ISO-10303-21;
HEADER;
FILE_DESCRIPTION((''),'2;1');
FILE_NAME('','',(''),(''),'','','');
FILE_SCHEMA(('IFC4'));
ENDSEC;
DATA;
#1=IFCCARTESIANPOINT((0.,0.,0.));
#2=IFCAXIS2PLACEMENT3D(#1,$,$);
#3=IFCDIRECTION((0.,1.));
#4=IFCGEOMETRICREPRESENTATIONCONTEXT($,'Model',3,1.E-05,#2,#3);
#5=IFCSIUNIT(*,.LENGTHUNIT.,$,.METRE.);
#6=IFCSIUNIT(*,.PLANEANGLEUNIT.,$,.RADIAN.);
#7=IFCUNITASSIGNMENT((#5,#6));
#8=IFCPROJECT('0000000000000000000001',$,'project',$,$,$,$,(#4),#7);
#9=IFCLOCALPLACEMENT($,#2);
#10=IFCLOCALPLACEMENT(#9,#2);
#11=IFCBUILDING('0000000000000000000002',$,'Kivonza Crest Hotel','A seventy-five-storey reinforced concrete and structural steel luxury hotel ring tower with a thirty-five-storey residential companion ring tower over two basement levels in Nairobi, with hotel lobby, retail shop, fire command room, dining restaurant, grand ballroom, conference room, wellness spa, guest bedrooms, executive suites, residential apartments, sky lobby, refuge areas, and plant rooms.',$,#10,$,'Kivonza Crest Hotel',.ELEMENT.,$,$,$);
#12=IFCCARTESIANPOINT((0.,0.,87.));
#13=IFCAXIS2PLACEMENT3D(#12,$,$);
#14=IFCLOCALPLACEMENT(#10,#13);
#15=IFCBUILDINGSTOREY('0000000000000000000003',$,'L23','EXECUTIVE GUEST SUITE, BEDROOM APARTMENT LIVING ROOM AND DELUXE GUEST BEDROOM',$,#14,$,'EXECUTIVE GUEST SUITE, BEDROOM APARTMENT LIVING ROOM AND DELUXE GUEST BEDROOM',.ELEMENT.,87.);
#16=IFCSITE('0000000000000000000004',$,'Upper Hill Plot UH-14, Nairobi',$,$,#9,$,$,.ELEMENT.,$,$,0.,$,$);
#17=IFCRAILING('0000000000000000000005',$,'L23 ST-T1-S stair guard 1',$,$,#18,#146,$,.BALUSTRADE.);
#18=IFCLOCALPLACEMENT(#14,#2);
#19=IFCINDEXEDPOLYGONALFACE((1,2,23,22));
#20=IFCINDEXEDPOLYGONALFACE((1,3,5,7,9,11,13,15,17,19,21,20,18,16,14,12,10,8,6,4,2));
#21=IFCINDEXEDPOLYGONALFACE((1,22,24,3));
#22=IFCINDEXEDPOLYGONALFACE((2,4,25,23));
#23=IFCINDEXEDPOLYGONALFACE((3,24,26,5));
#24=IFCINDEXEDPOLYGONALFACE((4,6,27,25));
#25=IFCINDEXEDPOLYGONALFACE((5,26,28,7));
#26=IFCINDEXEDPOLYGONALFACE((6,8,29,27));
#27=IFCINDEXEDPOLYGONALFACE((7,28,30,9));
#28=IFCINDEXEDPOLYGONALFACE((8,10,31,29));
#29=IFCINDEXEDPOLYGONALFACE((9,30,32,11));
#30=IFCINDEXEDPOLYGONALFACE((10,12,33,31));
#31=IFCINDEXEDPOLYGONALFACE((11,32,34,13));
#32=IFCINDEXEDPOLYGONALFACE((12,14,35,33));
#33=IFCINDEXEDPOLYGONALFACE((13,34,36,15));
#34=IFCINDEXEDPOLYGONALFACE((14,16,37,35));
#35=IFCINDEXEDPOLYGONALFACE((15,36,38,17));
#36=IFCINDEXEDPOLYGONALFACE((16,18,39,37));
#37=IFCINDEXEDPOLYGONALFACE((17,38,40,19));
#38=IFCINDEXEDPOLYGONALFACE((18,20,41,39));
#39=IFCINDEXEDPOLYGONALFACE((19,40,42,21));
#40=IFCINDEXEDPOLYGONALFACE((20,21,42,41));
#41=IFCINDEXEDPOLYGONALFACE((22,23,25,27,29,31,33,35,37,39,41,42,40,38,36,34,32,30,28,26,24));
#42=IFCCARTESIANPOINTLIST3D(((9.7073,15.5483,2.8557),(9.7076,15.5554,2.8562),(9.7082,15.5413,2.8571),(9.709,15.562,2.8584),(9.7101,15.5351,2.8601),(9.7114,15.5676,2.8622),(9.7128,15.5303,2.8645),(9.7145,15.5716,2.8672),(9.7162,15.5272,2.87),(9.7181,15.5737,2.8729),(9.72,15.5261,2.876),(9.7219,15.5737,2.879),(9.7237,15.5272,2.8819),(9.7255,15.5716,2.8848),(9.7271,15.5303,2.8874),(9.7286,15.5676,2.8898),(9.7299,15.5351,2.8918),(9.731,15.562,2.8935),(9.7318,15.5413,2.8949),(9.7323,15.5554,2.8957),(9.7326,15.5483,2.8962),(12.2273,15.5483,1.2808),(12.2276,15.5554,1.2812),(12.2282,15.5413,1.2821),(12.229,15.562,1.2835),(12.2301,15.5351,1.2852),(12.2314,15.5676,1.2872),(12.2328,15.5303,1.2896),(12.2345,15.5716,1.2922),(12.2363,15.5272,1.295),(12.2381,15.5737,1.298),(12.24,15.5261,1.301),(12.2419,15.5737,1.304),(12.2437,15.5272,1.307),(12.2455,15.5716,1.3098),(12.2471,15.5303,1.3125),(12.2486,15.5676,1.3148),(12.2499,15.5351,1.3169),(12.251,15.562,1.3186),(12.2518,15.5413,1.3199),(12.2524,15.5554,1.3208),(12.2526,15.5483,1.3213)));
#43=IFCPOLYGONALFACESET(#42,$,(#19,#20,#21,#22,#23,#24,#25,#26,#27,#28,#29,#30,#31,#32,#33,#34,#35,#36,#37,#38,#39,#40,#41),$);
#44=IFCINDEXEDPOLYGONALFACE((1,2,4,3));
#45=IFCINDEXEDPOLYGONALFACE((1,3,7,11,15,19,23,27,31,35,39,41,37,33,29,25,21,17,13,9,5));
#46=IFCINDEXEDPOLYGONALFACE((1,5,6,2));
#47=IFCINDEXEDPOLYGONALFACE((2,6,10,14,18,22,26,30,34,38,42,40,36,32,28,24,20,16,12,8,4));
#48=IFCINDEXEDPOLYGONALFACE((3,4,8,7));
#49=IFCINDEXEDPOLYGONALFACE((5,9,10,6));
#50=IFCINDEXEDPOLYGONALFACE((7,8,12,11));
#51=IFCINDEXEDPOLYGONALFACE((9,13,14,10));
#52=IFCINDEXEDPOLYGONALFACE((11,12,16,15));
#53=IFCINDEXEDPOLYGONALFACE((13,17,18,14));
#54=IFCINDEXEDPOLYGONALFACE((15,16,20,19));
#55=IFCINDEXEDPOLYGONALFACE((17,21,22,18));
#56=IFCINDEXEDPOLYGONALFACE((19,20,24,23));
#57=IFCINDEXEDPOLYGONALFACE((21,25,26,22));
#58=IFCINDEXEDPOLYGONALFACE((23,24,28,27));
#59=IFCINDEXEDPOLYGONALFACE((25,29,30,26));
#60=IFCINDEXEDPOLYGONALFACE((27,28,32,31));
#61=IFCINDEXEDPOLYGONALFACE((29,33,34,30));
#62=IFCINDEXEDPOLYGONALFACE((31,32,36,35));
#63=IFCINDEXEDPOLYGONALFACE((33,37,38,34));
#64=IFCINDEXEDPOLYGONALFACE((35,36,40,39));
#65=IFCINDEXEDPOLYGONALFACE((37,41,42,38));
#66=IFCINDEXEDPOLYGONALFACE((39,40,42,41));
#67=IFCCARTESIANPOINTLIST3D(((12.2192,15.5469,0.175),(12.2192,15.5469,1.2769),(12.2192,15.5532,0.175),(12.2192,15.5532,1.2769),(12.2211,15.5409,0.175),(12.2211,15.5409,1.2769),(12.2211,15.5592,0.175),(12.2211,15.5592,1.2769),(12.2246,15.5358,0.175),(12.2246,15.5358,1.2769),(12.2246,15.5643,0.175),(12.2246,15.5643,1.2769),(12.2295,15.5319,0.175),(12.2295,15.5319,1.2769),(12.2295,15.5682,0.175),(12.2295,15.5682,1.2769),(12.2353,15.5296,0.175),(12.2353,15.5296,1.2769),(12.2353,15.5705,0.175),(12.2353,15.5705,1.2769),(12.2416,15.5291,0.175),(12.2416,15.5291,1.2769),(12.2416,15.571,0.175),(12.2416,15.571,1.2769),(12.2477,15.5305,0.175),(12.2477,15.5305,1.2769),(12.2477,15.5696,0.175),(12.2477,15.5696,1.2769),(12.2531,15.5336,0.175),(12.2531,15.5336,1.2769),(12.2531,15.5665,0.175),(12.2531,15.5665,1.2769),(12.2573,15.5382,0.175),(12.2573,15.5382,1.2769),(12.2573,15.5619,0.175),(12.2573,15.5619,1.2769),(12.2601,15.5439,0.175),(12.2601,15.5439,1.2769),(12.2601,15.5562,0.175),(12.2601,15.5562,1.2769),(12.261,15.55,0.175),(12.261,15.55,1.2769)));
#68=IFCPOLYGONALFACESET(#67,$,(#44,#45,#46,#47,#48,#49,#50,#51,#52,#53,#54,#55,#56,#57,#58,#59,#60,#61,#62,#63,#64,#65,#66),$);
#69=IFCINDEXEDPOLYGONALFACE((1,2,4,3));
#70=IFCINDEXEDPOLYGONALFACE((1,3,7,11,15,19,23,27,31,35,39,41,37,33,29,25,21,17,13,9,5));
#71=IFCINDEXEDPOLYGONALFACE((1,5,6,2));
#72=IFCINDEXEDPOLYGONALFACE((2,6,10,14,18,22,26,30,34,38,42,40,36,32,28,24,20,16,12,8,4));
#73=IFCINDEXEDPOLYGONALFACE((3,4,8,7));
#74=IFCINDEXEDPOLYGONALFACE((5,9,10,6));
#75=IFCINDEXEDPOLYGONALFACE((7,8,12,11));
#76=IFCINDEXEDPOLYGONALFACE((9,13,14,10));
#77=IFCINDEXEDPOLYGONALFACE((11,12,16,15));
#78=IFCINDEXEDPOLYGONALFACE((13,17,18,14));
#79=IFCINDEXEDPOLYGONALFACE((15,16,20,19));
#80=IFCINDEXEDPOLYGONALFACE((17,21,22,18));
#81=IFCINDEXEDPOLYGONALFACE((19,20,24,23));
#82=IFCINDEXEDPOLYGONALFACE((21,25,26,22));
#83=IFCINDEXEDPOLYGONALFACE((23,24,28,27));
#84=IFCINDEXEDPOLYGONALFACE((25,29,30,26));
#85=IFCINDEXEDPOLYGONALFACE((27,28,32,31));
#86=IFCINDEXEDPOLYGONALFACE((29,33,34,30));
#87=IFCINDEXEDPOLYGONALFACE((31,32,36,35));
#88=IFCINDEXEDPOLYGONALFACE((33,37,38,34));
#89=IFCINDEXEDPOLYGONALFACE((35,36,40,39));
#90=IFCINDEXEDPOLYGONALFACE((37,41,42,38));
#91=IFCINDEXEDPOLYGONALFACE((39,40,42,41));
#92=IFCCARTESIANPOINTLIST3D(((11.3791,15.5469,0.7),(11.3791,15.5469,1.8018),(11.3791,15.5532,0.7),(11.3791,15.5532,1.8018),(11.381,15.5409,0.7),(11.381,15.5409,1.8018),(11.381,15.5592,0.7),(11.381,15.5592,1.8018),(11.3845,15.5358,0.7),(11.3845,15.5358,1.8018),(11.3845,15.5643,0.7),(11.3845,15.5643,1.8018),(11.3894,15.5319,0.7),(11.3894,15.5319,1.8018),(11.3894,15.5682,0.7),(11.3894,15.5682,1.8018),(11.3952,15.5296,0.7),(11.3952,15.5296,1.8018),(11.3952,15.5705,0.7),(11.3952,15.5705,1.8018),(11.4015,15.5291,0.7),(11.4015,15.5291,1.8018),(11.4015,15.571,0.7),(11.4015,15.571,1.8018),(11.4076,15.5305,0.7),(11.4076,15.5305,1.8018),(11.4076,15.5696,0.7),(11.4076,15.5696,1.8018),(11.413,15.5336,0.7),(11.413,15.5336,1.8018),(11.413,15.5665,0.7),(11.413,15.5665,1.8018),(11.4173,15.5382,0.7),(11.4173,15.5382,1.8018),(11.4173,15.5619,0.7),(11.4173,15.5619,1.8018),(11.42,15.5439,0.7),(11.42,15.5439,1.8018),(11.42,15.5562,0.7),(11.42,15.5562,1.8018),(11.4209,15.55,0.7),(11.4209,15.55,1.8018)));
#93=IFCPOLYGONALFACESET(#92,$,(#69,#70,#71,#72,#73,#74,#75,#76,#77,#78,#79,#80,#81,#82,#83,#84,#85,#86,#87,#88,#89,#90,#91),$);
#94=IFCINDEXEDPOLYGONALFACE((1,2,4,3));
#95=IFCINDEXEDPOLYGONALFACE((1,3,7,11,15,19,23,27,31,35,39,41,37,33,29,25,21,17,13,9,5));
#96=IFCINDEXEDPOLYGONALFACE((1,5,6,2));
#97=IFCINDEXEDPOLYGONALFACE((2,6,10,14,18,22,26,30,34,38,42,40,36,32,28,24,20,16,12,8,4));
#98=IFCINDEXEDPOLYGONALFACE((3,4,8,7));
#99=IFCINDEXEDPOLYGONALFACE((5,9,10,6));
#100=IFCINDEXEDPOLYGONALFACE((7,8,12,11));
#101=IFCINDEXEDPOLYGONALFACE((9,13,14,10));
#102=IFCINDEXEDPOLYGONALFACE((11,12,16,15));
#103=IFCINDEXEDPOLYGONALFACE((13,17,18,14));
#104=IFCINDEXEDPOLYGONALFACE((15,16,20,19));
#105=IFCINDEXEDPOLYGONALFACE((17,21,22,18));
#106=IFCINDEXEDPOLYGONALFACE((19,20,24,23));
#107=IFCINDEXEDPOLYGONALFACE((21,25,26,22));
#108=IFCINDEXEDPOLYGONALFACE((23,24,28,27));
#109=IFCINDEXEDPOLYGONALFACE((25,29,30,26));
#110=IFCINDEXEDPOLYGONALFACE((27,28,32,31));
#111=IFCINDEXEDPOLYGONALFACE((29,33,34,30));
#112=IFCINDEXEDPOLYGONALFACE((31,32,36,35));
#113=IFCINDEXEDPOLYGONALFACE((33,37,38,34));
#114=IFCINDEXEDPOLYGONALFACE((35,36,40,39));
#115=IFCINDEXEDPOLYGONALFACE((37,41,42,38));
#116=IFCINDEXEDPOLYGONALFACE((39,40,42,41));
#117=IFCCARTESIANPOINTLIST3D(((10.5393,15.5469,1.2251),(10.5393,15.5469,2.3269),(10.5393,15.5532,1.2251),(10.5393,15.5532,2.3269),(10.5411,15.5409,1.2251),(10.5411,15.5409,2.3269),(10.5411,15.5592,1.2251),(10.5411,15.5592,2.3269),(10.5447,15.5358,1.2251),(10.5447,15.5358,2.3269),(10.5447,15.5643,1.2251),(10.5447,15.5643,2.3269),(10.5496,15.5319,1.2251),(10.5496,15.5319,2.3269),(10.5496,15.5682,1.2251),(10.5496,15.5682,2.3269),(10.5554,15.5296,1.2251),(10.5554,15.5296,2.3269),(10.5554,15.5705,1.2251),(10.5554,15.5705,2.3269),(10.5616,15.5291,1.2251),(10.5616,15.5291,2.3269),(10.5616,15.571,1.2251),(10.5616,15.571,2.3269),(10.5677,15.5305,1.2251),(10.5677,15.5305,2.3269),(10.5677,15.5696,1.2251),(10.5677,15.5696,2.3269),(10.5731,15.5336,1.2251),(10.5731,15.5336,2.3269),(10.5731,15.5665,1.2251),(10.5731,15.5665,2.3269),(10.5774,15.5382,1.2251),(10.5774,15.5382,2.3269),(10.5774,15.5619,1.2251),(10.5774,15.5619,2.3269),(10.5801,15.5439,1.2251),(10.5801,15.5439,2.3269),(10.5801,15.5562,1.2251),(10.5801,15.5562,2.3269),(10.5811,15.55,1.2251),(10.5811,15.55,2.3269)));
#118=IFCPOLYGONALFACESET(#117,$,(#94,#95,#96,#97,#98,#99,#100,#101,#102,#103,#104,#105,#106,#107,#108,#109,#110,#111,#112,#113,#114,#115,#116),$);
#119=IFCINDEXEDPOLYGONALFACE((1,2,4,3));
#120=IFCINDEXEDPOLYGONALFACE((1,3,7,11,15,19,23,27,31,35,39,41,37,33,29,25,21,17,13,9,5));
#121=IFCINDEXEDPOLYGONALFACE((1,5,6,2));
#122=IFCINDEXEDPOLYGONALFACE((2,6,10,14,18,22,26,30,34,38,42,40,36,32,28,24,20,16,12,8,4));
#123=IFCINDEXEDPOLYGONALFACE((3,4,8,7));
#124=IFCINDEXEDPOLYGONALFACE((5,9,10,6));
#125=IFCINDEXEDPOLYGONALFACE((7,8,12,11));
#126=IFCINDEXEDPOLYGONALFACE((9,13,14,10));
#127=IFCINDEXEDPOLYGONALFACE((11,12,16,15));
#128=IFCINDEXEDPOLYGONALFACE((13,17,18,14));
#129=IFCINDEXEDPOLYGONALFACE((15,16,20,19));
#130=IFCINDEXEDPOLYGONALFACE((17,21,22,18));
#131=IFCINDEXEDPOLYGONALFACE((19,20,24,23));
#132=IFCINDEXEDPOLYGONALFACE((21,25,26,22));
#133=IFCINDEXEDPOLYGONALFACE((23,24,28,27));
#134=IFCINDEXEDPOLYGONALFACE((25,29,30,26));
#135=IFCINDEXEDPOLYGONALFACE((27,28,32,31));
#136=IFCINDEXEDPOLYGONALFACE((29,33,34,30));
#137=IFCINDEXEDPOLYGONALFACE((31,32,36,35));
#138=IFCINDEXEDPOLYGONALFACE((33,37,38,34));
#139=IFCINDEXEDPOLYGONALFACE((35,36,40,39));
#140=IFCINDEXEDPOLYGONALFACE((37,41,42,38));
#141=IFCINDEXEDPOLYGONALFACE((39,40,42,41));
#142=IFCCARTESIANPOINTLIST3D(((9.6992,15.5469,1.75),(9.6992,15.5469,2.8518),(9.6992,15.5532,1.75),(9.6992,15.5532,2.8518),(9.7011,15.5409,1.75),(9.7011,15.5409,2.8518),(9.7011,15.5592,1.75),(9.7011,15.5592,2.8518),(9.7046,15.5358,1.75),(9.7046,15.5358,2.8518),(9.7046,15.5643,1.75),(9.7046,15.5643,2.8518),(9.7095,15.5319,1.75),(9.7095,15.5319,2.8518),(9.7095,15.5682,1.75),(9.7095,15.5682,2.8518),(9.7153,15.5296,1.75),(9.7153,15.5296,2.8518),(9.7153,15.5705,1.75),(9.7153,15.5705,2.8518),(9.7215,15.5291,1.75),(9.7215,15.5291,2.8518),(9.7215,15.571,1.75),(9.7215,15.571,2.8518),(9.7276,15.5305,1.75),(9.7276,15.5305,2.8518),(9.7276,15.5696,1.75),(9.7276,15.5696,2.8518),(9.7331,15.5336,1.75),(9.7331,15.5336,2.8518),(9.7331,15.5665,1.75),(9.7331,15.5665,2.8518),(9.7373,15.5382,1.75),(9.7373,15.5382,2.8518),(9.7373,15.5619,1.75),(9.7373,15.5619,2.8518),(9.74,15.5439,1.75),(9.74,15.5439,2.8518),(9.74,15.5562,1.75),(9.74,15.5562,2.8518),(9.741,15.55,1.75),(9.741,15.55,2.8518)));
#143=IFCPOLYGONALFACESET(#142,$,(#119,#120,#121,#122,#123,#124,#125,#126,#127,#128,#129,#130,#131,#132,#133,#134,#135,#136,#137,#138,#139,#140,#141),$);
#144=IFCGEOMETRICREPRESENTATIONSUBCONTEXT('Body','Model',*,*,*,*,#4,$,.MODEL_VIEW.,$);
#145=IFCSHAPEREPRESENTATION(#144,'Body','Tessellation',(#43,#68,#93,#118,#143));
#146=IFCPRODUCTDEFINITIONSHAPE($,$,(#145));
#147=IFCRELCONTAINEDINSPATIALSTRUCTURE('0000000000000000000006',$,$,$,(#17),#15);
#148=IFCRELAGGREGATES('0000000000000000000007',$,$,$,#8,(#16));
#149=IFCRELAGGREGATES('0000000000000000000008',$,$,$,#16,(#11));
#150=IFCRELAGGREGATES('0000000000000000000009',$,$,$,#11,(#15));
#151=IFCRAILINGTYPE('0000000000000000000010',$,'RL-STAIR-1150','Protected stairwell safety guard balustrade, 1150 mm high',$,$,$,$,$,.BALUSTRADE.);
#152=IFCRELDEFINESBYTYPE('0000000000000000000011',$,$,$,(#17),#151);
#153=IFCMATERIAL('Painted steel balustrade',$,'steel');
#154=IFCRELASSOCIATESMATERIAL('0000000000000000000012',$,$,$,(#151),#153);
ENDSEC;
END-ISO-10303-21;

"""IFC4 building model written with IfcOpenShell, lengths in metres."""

from ifc_helpers import new_model, si_unit, direction, frame, origin, origin_2d, place, context, subcontext, project, spatial, circle, extrude, material, type_object, element, save


model = new_model("IFC4")

# Units and contexts
model_context = context("Model", 3, precision=1e-05, world=origin(), true_north=direction((0.0, 1.0)))
body_context = subcontext(model_context, "Body", "Model", "MODEL_VIEW")
ifc_project = project(units=[si_unit("LENGTHUNIT", "METRE"), si_unit("PLANEANGLEUNIT", "RADIAN")], contexts=[model_context])

# Site, building, storey
site_placement = place(None, origin())
site = spatial("IfcSite", under=ifc_project, at=site_placement, Name="Upper Hill Plot UH-14, Nairobi", CompositionType="ELEMENT", RefElevation=0.0)
building_placement = place(site_placement, origin())
building = spatial("IfcBuilding", under=site, at=building_placement, Name="Kivonza Crest Hotel", Description="A seventy-five-storey reinforced concrete and structural steel luxury hotel ring tower with a thirty-five-storey residential companion ring tower over two basement levels in Nairobi, with hotel lobby, retail shop, fire command room, dining restaurant, grand ballroom, conference room, wellness spa, guest bedrooms, executive suites, residential apartments, sky lobby, refuge areas, and plant rooms.", LongName="Kivonza Crest Hotel", CompositionType="ELEMENT")
storey_placement = place(building_placement, frame((0.0, 0.0, 87.0)))
storey = spatial("IfcBuildingStorey", under=building, at=storey_placement, Name="L23", Description="EXECUTIVE GUEST SUITE, BEDROOM APARTMENT LIVING ROOM AND DELUXE GUEST BEDROOM", LongName="EXECUTIVE GUEST SUITE, BEDROOM APARTMENT LIVING ROOM AND DELUXE GUEST BEDROOM", CompositionType="ELEMENT", Elevation=87.0)

# Railing
ifc_material_1 = material(Name="Painted steel balustrade", Category="steel")
railing_type_1 = type_object("IfcRailingType", Name="RL-STAIR-1150", Description="Protected stairwell safety guard balustrade, 1150 mm high", PredefinedType="BALUSTRADE", material=ifc_material_1)
railing_1_placement = place(storey_placement, frame((12.24, 15.55, 0.175)))
element("IfcRailing", 1, at=railing_1_placement, inside=storey, type_object=railing_type_1, Name="L23 ST-T1-S stair guard 1", PredefinedType="BALUSTRADE", context=body_context, shape_type="SweptSolid", body=[
    extrude(circle(Radius=0.0239, at=origin_2d()), frame((0.0, 0.0, 1.126), z_axis=(-0.848008, 0.0, 0.529984), x_axis=(0.0, -1.0, 0.0)), (0.0, 0.0, 1.0), 2.9717),
    extrude(circle(Radius=0.021, at=origin_2d()), origin(), (0.0, 0.0, 1.0), 1.1018),
    extrude(circle(Radius=0.021, at=origin_2d()), frame((-0.8401, 0.0, 0.5249)), (0.0, 0.0, 1.0), 1.1018),
    extrude(circle(Radius=0.021, at=origin_2d()), frame((-1.6799, 0.0, 1.05)), (0.0, 0.0, 1.0), 1.1018),
    extrude(circle(Radius=0.021, at=origin_2d()), frame((-2.52, 0.0, 1.575)), (0.0, 0.0, 1.0), 1.1018),
])

save(model, "model.ifc")
